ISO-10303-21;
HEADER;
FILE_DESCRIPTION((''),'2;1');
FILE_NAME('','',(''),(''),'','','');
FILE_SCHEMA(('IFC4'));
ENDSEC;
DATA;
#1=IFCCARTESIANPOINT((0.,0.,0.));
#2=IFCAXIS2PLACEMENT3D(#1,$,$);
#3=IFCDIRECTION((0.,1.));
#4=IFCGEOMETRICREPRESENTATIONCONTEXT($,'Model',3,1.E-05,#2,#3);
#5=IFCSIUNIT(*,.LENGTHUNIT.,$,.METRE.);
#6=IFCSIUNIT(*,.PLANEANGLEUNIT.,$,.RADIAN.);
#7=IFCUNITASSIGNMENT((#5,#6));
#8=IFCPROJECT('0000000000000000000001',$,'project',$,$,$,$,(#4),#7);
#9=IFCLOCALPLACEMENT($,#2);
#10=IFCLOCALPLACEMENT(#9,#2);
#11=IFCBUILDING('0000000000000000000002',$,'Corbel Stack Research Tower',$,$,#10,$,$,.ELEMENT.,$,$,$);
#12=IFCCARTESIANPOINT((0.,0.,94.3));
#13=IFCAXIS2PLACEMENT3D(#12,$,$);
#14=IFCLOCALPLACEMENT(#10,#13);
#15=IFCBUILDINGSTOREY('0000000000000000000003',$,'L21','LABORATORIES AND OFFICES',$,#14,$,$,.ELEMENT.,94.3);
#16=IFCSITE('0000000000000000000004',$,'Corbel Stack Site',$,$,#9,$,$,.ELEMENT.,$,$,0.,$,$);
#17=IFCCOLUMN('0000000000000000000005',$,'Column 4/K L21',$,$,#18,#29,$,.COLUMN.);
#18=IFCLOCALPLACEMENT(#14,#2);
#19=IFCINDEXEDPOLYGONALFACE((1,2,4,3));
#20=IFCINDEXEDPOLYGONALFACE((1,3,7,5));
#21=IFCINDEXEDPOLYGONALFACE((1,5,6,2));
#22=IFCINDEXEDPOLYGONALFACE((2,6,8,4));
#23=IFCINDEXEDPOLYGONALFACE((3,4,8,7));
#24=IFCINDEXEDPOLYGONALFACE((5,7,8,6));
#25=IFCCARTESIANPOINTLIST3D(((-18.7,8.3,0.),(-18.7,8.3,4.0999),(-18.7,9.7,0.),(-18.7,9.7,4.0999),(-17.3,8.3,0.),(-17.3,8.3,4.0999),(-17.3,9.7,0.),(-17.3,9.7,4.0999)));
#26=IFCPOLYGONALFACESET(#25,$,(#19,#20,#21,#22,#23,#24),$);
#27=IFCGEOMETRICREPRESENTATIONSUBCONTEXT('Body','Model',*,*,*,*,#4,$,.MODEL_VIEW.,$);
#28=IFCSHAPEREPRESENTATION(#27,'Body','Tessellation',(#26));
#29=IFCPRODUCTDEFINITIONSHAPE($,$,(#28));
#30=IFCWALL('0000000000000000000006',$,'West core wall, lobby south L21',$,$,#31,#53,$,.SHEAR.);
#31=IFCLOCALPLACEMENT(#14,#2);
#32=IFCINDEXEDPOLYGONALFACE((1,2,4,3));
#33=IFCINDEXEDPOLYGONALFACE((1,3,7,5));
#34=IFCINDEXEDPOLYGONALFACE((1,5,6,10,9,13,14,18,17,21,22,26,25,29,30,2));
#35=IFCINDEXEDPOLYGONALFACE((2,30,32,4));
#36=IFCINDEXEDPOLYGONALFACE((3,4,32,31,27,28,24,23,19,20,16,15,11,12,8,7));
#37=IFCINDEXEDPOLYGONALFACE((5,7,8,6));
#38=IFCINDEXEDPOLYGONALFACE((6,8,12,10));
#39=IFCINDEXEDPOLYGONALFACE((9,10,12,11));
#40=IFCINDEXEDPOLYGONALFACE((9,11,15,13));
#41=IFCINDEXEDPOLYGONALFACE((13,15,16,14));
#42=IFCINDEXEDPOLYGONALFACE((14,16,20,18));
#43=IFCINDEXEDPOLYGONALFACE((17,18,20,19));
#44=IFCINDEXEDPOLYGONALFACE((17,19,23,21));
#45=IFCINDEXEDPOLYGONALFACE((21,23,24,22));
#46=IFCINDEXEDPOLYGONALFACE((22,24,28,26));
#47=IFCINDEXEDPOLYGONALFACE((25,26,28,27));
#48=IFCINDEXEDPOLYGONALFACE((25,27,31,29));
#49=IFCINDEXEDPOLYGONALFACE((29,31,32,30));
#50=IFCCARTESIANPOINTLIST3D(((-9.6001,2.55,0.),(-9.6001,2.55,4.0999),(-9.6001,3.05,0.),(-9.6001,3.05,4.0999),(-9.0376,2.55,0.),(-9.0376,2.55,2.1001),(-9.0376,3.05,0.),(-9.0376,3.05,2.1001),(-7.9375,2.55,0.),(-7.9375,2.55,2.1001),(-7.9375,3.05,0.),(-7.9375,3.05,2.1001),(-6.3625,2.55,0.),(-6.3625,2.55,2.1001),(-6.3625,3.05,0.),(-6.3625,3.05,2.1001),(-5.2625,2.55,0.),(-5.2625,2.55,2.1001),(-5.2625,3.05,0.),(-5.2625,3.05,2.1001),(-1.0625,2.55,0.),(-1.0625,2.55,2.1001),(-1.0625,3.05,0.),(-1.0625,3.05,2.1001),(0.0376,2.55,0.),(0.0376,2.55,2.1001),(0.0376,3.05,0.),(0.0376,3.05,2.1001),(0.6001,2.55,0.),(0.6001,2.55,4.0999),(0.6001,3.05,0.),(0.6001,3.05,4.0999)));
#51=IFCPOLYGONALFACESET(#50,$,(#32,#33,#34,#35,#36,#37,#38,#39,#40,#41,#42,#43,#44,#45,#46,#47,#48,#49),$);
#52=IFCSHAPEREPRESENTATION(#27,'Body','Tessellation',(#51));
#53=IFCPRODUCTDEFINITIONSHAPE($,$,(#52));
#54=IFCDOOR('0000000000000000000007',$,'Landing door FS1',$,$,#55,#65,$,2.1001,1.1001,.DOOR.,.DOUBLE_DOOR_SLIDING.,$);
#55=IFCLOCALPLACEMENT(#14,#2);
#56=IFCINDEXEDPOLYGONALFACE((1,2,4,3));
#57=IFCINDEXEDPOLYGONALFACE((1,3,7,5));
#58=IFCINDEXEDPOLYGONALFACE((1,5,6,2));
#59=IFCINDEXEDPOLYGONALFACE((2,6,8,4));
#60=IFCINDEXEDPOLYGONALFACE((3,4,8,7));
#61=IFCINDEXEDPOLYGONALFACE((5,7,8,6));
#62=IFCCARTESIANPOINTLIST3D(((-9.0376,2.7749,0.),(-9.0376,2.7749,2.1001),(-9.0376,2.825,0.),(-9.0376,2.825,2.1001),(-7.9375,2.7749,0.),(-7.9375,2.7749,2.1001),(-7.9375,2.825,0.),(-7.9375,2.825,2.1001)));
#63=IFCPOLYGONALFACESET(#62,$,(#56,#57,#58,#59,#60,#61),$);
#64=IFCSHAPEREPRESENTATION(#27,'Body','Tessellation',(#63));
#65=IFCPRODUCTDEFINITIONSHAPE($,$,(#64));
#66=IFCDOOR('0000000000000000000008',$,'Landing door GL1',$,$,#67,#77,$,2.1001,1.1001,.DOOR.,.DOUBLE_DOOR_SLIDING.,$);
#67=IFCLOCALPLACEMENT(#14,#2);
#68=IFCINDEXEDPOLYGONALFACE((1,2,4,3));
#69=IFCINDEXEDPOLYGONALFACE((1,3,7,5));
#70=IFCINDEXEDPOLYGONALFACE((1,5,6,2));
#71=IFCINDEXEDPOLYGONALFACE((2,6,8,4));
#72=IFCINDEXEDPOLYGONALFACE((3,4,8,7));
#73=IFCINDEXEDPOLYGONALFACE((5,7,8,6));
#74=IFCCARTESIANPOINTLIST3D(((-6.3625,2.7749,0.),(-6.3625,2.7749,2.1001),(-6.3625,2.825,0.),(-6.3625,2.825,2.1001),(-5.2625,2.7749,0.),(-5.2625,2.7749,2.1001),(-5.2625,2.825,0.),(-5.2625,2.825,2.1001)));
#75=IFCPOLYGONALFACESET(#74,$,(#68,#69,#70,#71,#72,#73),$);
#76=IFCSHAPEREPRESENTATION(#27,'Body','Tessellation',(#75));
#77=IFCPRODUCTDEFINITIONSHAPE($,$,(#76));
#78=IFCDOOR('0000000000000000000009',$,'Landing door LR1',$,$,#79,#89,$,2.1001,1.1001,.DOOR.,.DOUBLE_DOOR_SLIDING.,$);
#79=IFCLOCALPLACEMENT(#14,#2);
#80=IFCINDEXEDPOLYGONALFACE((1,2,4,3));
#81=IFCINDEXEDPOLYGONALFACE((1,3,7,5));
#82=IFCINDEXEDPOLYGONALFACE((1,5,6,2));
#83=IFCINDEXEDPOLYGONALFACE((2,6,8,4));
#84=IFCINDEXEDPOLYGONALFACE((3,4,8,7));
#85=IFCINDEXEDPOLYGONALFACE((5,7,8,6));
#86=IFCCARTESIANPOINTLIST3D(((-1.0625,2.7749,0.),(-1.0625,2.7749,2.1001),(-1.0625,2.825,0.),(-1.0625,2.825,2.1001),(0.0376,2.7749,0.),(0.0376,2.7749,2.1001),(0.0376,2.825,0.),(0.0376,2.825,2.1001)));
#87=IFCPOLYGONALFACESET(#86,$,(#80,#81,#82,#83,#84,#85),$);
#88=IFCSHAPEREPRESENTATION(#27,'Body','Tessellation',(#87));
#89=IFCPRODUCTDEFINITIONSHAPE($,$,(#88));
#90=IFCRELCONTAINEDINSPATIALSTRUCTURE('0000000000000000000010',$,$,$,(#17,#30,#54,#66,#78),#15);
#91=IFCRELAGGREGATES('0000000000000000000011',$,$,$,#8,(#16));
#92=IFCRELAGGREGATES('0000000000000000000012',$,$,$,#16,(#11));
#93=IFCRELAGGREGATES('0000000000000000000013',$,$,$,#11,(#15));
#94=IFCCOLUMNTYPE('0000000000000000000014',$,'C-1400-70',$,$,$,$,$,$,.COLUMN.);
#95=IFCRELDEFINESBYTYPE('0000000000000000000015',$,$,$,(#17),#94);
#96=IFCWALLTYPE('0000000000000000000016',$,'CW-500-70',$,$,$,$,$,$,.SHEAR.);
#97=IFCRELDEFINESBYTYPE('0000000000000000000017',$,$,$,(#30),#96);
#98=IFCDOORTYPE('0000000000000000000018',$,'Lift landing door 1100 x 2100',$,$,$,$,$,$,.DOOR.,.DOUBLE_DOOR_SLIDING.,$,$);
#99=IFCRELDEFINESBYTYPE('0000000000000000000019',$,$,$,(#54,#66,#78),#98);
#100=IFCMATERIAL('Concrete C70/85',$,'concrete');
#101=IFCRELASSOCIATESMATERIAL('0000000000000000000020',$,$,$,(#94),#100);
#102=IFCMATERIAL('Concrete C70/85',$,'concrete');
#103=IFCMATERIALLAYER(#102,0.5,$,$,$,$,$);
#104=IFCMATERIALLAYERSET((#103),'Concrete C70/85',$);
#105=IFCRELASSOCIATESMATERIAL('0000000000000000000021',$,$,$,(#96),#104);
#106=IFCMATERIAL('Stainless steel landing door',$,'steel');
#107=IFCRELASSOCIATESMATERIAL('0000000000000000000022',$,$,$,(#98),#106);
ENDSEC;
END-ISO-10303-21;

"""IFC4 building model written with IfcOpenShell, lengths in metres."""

from ifc_helpers import new_model, si_unit, direction, frame, frame_2d, origin, origin_2d, place, context, subcontext, project, spatial, rectangle, extrude, material, layer, layer_set, material_profile, profile_set, type_object, element, fill, save


model = new_model("IFC4")

# Units and contexts
model_context = context("Model", 3, precision=1e-05, world=origin(), true_north=direction((0.0, 1.0)))
body_context = subcontext(model_context, "Body", "Model", "MODEL_VIEW")
ifc_project = project(units=[si_unit("LENGTHUNIT", "METRE"), si_unit("PLANEANGLEUNIT", "RADIAN")], contexts=[model_context])

# Site, building, storey
site_placement = place(None, origin())
site = spatial("IfcSite", under=ifc_project, at=site_placement, Name="Corbel Stack Site", CompositionType="ELEMENT", RefElevation=0.0)
building_placement = place(site_placement, origin())
building = spatial("IfcBuilding", under=site, at=building_placement, Name="Corbel Stack Research Tower", CompositionType="ELEMENT")
storey_placement = place(building_placement, frame((0.0, 0.0, 94.3)))
storey = spatial("IfcBuildingStorey", under=building, at=storey_placement, Name="L21", Description="LABORATORIES AND OFFICES", CompositionType="ELEMENT", Elevation=94.3)

# Column
ifc_material_1 = material(Name="Concrete C70/85", Category="concrete")
ifc_material_profile = material_profile(ifc_material_1, rectangle(XDim=1.3999, YDim=1.3999, at=origin_2d()), Name="RC 1400 x 1400")
ifc_profile_set = profile_set([ifc_material_profile], Name="Concrete C70/85")
column_type = type_object("IfcColumnType", Name="C-1400-70", PredefinedType="COLUMN", material=ifc_profile_set)
column_placement = place(storey_placement, frame((-18.0, 9.0, 0.0), z_axis=(0.0, 0.0, 1.0), x_axis=(1.0, 0.0, 0.0)))
element("IfcColumn", 1, at=column_placement, inside=storey, type_object=column_type, Name="Column 4/K L21", PredefinedType="COLUMN", context=body_context, shape_type="SweptSolid", body=[
    extrude(rectangle(XDim=1.3999, YDim=1.3999, at=origin_2d()), origin(), (0.0, 0.0, 1.0), 4.0999),
])

# Wall, openings, doors
ifc_material_2 = material(Name="Concrete C70/85", Category="concrete")
ifc_layer_1 = layer(ifc_material_2, 0.5)
ifc_layer_set_1 = layer_set([ifc_layer_1], Name="Concrete C70/85")
wall_type_1 = type_object("IfcWallType", Name="CW-500-70", PredefinedType="SHEAR", material=ifc_layer_set_1)
wall_1_placement = place(storey_placement, frame((-9.6001, 2.8, 0.0), z_axis=(0.0, 0.0, 1.0), x_axis=(1.0, 0.0, 0.0)))
wall_1 = element("IfcWall", 2, at=wall_1_placement, inside=storey, type_object=wall_type_1, Name="West core wall, lobby south L21", PredefinedType="SHEAR", context=body_context, shape_type="SweptSolid", body=[
    extrude(rectangle(XDim=10.2002, YDim=0.5, at=frame_2d((5.1001, 0.0))), origin(), (0.0, 0.0, 1.0), 4.0999),
])
opening_1_placement = place(wall_1_placement, frame((0.5625, 0.0, 0.0)))
opening_1 = element("IfcOpeningElement", 3, at=opening_1_placement, cuts=wall_1, PredefinedType="OPENING", context=body_context, shape_type="SweptSolid", body=[
    extrude(rectangle(XDim=1.1001, YDim=2.1001, at=frame_2d((0.55, 1.05))), frame((0.0, 0.26, 0.0), z_axis=(0.0, -1.0, 0.0), x_axis=(1.0, 0.0, 0.0)), (0.0, 0.0, 1.0), 0.52),
])
opening_2_placement = place(wall_1_placement, frame((3.2375, 0.0, 0.0)))
opening_2 = element("IfcOpeningElement", 4, at=opening_2_placement, cuts=wall_1, PredefinedType="OPENING", context=body_context, shape_type="SweptSolid", body=[
    extrude(rectangle(XDim=1.1001, YDim=2.1001, at=frame_2d((0.55, 1.05))), frame((0.0, 0.26, 0.0), z_axis=(0.0, -1.0, 0.0), x_axis=(1.0, 0.0, 0.0)), (0.0, 0.0, 1.0), 0.52),
])
opening_3_placement = place(wall_1_placement, frame((8.5376, 0.0, 0.0)))
opening_3 = element("IfcOpeningElement", 5, at=opening_3_placement, cuts=wall_1, PredefinedType="OPENING", context=body_context, shape_type="SweptSolid", body=[
    extrude(rectangle(XDim=1.1001, YDim=2.1001, at=frame_2d((0.55, 1.05))), frame((0.0, 0.26, 0.0), z_axis=(0.0, -1.0, 0.0), x_axis=(1.0, 0.0, 0.0)), (0.0, 0.0, 1.0), 0.52),
])
ifc_material_3 = material(Name="Stainless steel landing door", Category="steel")
door_type_1 = type_object("IfcDoorType", Name="Lift landing door 1100 x 2100", OperationType="DOUBLE_DOOR_SLIDING", PredefinedType="DOOR", material=ifc_material_3)
door_1_placement = place(opening_1_placement, origin())
door_1 = element("IfcDoor", 6, at=door_1_placement, inside=storey, type_object=door_type_1, Name="Landing door FS1", OperationType="DOUBLE_DOOR_SLIDING", OverallHeight=2.1001, OverallWidth=1.1001, PredefinedType="DOOR", context=body_context, shape_type="SweptSolid", body=[
    extrude(rectangle(XDim=1.1001, YDim=2.1001, at=frame_2d((0.55, 1.05))), frame((0.0, 0.0249, 0.0), z_axis=(0.0, -1.0, 0.0), x_axis=(1.0, 0.0, 0.0)), (0.0, 0.0, 1.0), 0.05),
])
fill(opening_1, door_1)
door_2_placement = place(opening_2_placement, origin())
door_2 = element("IfcDoor", 7, at=door_2_placement, inside=storey, type_object=door_type_1, Name="Landing door GL1", OperationType="DOUBLE_DOOR_SLIDING", OverallHeight=2.1001, OverallWidth=1.1001, PredefinedType="DOOR", context=body_context, shape_type="SweptSolid", body=[
    extrude(rectangle(XDim=1.1001, YDim=2.1001, at=frame_2d((0.55, 1.05))), frame((0.0, 0.0249, 0.0), z_axis=(0.0, -1.0, 0.0), x_axis=(1.0, 0.0, 0.0)), (0.0, 0.0, 1.0), 0.05),
])
fill(opening_2, door_2)
door_3_placement = place(opening_3_placement, origin())
door_3 = element("IfcDoor", 8, at=door_3_placement, inside=storey, type_object=door_type_1, Name="Landing door LR1", OperationType="DOUBLE_DOOR_SLIDING", OverallHeight=2.1001, OverallWidth=1.1001, PredefinedType="DOOR", context=body_context, shape_type="SweptSolid", body=[
    extrude(rectangle(XDim=1.1001, YDim=2.1001, at=frame_2d((0.55, 1.05))), frame((0.0, 0.0249, 0.0), z_axis=(0.0, -1.0, 0.0), x_axis=(1.0, 0.0, 0.0)), (0.0, 0.0, 1.0), 0.05),
])
fill(opening_3, door_3)

save(model, "model.ifc")
